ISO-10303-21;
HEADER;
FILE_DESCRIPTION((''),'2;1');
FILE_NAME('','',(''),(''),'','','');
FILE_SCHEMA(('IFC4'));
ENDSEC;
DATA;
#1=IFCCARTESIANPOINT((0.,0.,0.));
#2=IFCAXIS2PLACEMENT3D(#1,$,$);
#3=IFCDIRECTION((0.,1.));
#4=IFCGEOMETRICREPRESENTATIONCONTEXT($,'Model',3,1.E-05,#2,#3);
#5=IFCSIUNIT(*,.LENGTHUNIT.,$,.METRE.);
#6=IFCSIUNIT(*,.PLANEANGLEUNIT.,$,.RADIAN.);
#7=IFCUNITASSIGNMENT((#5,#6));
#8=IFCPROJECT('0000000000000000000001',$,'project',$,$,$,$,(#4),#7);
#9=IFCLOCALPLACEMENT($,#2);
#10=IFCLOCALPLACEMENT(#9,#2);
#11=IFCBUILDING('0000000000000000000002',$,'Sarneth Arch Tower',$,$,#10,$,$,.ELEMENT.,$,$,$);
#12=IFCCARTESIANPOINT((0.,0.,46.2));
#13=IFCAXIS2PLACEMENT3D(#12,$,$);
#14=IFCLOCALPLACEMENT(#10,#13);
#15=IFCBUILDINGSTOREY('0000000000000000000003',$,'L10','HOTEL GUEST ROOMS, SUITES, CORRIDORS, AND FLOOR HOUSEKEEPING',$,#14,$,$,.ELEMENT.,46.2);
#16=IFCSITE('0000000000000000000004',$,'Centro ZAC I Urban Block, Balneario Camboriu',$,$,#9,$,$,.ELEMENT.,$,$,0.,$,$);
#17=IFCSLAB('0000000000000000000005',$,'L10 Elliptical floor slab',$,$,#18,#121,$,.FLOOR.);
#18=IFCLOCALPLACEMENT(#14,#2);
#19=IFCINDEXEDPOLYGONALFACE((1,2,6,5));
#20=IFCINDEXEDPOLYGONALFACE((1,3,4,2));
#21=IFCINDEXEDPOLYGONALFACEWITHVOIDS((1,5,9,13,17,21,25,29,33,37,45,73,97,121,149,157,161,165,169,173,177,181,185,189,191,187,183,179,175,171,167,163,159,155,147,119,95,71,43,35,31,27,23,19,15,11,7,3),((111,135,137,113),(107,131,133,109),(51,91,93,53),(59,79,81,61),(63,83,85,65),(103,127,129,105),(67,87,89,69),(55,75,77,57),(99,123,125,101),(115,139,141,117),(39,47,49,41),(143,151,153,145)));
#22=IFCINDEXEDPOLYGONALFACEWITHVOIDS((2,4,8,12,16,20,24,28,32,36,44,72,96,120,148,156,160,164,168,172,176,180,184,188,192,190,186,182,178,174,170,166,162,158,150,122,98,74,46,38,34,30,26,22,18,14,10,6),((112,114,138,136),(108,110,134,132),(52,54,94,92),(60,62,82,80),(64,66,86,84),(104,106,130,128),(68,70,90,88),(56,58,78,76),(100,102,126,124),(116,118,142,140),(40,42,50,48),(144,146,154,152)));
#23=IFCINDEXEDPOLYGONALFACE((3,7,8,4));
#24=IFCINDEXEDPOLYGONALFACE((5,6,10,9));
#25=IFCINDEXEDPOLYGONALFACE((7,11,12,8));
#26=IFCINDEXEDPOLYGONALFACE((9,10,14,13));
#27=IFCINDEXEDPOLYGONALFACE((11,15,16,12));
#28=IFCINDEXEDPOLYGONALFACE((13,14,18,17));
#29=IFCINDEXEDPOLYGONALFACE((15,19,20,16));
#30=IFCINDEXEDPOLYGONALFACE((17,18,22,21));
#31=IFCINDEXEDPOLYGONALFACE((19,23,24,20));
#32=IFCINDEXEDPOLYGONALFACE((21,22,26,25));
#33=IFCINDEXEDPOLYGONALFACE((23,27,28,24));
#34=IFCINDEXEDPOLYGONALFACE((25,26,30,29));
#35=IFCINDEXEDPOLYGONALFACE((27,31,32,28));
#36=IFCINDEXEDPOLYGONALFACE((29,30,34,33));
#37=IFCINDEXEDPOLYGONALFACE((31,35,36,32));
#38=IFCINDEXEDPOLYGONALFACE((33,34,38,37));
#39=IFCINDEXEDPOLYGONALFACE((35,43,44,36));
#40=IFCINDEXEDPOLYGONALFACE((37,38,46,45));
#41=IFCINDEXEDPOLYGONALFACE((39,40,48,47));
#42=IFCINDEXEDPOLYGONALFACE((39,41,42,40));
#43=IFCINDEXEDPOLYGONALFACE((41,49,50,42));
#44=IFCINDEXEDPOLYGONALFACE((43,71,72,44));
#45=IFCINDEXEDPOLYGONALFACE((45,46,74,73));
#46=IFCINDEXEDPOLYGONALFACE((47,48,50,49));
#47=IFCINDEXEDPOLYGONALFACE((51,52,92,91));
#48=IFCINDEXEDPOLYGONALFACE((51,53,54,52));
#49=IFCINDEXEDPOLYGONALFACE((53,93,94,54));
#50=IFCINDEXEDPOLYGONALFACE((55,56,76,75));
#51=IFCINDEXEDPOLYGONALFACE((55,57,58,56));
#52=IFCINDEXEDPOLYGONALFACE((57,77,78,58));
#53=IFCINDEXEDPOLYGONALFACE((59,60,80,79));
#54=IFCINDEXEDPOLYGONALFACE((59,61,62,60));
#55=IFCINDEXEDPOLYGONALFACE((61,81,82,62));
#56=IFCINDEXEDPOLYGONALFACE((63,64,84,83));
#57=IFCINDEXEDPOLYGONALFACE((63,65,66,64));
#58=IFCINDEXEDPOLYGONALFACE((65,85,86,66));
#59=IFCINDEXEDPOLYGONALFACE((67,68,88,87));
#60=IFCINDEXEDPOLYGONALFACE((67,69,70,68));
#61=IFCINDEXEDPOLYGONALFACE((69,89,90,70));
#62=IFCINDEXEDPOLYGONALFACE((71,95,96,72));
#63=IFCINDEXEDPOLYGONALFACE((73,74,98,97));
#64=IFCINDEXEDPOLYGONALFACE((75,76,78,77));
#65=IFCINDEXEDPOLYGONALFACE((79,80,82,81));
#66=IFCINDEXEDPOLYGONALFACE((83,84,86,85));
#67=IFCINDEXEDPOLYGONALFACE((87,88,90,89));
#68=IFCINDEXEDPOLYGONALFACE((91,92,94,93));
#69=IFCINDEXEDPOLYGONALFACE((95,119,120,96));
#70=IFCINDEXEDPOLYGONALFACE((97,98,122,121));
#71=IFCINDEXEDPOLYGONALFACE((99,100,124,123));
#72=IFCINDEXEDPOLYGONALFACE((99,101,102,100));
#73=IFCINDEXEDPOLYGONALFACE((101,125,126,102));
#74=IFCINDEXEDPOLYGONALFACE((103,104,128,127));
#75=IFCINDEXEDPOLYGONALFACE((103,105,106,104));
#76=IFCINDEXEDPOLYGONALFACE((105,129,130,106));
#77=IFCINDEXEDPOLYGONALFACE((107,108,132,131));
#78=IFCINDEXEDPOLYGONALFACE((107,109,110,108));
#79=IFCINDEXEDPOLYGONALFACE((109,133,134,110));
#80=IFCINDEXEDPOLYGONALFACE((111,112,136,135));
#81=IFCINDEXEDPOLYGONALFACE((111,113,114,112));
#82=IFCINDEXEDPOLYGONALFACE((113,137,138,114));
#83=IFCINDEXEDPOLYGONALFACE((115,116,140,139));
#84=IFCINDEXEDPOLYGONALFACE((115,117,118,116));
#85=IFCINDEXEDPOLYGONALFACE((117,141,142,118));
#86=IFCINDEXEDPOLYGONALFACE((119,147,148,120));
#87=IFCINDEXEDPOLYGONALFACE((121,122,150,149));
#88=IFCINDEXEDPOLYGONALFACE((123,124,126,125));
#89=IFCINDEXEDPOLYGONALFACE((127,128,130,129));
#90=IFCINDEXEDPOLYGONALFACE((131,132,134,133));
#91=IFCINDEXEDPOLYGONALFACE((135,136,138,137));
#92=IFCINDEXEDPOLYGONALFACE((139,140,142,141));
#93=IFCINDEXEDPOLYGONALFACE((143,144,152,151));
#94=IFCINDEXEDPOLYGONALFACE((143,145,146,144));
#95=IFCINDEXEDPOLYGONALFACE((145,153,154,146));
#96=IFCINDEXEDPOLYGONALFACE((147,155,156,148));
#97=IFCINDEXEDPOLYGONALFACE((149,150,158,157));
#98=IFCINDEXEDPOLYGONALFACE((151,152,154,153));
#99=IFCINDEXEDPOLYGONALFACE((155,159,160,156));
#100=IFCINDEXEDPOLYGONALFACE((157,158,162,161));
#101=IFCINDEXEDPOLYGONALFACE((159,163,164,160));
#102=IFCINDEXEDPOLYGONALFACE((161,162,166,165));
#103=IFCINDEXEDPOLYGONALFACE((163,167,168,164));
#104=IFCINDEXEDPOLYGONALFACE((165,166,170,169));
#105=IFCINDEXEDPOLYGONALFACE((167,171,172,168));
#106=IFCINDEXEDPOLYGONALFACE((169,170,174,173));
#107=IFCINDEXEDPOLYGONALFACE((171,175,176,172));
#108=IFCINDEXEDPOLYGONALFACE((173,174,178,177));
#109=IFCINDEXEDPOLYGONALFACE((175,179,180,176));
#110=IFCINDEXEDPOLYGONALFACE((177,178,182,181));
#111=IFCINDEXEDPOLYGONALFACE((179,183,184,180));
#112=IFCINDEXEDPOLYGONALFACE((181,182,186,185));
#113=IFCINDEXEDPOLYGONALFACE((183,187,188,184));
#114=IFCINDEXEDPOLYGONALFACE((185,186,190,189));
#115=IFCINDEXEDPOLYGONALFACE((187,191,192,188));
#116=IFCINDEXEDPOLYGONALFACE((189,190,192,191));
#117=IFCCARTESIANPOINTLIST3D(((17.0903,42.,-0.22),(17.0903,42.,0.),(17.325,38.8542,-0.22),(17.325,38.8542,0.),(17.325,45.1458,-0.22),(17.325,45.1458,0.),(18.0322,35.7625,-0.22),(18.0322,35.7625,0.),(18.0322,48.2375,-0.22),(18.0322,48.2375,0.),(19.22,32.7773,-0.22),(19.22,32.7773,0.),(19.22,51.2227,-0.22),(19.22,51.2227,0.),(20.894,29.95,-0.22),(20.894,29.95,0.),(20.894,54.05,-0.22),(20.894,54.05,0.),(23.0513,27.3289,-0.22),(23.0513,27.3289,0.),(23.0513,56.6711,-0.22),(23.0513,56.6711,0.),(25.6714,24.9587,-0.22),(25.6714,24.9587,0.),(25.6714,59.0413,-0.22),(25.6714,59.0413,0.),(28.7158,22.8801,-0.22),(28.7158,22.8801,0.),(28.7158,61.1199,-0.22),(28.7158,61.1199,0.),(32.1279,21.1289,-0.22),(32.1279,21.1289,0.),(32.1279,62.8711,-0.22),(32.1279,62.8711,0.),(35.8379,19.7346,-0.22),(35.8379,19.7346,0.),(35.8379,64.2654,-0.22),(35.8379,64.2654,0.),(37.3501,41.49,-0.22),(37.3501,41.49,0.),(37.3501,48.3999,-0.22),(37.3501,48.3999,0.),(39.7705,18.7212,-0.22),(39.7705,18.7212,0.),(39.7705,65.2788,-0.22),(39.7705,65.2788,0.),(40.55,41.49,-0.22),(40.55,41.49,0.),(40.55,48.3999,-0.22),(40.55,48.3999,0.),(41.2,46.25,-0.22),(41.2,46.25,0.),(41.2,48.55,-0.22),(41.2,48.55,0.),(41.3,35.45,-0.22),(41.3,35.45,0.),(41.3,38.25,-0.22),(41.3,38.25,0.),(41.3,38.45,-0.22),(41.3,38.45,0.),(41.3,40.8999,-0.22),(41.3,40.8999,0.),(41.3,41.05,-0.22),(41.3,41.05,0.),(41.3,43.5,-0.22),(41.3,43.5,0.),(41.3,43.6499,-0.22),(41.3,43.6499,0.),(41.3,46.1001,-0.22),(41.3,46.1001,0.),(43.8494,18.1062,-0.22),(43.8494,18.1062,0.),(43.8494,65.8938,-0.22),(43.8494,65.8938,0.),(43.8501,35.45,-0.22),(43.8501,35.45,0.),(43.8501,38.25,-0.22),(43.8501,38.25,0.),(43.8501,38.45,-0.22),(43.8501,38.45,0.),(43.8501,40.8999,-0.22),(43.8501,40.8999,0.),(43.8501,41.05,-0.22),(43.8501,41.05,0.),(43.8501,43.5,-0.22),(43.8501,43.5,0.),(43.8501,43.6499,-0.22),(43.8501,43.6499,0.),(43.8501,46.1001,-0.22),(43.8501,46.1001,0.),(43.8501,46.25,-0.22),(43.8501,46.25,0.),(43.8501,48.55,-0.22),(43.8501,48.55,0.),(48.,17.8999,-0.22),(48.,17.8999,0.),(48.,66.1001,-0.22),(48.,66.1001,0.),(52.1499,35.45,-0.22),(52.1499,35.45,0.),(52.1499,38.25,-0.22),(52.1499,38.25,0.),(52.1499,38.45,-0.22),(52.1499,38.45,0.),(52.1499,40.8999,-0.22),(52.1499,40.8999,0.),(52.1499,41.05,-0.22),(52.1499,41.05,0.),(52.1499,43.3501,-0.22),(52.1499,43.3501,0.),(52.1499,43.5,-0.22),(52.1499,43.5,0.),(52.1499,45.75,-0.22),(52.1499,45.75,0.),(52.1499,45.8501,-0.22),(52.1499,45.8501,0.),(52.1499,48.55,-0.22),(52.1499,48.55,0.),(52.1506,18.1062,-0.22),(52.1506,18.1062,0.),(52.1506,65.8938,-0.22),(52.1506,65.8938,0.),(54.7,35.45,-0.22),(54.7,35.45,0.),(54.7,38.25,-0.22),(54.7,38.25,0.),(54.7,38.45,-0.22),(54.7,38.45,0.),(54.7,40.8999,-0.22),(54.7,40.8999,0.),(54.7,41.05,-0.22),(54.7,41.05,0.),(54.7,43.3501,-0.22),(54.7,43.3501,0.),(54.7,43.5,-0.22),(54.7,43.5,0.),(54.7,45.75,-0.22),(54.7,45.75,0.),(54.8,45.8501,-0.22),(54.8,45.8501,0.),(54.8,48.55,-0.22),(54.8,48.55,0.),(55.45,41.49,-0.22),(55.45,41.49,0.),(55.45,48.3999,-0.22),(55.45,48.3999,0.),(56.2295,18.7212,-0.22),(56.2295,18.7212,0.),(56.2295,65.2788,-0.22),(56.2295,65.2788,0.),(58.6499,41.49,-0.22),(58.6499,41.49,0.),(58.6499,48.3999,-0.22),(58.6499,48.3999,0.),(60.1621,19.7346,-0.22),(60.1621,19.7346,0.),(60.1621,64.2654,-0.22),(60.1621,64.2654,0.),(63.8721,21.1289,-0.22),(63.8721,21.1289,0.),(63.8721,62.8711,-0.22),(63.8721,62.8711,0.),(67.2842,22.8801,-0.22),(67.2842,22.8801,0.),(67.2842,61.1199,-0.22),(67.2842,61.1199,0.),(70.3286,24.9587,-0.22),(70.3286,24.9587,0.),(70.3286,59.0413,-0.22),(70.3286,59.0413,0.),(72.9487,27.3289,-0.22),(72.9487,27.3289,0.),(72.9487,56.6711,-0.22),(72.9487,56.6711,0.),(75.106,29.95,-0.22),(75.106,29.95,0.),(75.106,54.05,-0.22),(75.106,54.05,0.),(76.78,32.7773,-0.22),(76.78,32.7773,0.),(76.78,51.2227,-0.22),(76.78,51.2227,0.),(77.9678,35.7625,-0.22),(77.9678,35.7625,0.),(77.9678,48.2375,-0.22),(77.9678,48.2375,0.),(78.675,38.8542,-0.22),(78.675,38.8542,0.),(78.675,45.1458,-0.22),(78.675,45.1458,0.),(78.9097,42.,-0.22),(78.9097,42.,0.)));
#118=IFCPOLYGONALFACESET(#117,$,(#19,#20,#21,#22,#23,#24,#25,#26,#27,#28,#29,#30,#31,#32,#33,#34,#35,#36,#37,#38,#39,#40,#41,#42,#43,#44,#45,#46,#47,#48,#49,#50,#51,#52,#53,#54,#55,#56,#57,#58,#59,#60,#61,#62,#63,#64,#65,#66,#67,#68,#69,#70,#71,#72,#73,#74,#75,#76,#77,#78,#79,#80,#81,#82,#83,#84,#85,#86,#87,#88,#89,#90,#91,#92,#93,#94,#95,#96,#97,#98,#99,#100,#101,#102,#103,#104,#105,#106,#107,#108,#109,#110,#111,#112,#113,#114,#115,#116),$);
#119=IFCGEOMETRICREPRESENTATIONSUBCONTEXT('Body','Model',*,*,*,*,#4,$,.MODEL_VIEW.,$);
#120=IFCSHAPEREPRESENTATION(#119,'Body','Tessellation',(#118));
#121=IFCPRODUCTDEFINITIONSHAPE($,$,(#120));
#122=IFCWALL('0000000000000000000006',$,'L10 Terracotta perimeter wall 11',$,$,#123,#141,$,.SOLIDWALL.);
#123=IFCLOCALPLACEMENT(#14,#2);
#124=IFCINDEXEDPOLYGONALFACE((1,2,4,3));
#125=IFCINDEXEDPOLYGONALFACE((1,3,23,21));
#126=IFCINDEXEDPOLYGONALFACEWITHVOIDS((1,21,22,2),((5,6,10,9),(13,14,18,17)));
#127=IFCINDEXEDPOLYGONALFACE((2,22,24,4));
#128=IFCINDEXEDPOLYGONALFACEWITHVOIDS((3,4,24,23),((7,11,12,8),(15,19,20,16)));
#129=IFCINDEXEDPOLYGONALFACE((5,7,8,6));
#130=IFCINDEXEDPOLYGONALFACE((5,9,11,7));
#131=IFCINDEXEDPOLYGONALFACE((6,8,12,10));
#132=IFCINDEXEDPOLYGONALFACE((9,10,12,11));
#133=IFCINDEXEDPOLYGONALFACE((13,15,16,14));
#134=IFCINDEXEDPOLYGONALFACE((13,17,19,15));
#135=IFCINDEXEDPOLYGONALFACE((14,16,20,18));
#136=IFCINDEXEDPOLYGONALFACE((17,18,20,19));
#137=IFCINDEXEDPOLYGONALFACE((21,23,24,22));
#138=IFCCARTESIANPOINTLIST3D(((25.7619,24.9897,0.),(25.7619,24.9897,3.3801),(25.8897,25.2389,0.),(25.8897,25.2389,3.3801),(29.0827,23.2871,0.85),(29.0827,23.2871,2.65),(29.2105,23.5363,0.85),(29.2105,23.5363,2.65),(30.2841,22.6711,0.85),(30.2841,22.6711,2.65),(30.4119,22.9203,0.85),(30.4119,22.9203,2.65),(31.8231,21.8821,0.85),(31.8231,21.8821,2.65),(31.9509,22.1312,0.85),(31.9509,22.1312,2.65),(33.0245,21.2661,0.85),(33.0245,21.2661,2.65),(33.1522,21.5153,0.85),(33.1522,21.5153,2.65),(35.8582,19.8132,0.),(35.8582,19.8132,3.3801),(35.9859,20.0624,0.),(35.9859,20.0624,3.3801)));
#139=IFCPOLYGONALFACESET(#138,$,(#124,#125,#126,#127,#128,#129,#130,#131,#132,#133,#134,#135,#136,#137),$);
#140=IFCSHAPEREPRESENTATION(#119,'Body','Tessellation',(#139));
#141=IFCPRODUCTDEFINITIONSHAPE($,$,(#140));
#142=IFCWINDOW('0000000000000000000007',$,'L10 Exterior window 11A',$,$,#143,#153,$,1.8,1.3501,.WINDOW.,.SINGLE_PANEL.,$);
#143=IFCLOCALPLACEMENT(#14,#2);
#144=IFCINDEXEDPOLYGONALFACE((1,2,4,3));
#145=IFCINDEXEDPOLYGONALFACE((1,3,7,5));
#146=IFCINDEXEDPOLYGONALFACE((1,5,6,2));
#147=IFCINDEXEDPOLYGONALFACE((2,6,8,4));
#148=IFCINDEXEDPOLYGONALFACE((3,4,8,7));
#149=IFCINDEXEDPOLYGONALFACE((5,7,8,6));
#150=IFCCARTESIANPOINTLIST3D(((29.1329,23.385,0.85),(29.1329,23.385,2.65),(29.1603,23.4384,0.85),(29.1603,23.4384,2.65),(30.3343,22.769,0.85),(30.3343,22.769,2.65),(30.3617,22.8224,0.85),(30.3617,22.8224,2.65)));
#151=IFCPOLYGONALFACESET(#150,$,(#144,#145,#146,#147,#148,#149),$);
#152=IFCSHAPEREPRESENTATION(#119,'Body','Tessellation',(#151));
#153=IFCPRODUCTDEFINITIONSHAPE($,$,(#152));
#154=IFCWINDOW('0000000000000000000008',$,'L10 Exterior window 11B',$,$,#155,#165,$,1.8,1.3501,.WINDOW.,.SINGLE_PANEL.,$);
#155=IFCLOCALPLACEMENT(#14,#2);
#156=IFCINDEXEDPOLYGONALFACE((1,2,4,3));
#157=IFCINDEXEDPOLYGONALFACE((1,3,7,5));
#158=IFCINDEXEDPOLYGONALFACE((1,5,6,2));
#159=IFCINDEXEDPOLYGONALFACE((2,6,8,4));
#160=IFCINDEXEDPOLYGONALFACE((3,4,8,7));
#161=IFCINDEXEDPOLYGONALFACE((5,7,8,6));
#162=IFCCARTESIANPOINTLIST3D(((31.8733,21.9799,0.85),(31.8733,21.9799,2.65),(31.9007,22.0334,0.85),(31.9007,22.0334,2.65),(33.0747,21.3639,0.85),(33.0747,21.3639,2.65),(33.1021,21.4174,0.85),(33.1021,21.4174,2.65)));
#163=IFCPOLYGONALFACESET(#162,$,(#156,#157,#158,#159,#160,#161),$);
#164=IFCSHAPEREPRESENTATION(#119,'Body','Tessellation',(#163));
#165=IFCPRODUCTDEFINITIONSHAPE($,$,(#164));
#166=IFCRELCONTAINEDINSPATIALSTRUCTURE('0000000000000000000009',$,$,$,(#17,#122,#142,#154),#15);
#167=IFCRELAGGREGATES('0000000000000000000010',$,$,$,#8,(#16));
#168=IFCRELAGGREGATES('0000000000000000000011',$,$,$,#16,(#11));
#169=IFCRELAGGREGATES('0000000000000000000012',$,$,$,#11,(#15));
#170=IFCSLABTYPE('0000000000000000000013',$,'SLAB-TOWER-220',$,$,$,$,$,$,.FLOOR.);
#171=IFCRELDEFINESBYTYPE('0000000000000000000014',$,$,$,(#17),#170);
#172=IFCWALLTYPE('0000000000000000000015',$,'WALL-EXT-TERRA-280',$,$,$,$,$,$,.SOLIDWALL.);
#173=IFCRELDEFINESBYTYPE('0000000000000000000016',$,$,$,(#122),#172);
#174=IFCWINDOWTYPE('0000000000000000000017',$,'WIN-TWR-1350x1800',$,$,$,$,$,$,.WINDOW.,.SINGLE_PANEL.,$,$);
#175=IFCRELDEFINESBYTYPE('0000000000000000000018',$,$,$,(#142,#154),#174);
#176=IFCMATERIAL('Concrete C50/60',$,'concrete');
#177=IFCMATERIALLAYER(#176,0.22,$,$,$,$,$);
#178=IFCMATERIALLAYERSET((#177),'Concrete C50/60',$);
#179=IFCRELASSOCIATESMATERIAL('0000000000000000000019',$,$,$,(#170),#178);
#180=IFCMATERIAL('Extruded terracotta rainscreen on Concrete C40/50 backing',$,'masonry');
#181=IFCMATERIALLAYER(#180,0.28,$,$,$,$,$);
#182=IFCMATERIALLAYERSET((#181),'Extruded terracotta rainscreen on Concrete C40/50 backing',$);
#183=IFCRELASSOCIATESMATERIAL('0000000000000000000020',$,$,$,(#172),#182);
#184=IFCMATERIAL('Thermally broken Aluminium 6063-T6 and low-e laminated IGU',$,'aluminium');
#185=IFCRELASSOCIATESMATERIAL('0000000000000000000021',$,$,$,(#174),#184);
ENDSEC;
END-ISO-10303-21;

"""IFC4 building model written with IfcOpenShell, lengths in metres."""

from ifc_helpers import new_model, si_unit, direction, frame, frame_2d, origin, place, context, subcontext, project, spatial, polyline, rectangle, outline, extrude, material, layer, layer_set, type_object, element, fill, save


model = new_model("IFC4")

# Units and contexts
model_context = context("Model", 3, precision=1e-05, world=origin(), true_north=direction((0.0, 1.0)))
body_context = subcontext(model_context, "Body", "Model", "MODEL_VIEW")
ifc_project = project(units=[si_unit("LENGTHUNIT", "METRE"), si_unit("PLANEANGLEUNIT", "RADIAN")], contexts=[model_context])

# Site, building, storey
site_placement = place(None, origin())
site = spatial("IfcSite", under=ifc_project, at=site_placement, Name="Centro ZAC I Urban Block, Balneario Camboriu", CompositionType="ELEMENT", RefElevation=0.0)
building_placement = place(site_placement, origin())
building = spatial("IfcBuilding", under=site, at=building_placement, Name="Sarneth Arch Tower", CompositionType="ELEMENT")
storey_placement = place(building_placement, frame((0.0, 0.0, 46.2)))
storey = spatial("IfcBuildingStorey", under=building, at=storey_placement, Name="L10", Description="HOTEL GUEST ROOMS, SUITES, CORRIDORS, AND FLOOR HOUSEKEEPING", CompositionType="ELEMENT", Elevation=46.2)

# Slab
ifc_material_1 = material(Name="Concrete C50/60", Category="concrete")
ifc_layer_1 = layer(ifc_material_1, 0.22)
ifc_layer_set_1 = layer_set([ifc_layer_1], Name="Concrete C50/60")
slab_type_1 = type_object("IfcSlabType", Name="SLAB-TOWER-220", PredefinedType="FLOOR", material=ifc_layer_set_1)
slab_1_placement = place(storey_placement, frame((0.0, 0.0, -0.22)))
element("IfcSlab", 1, at=slab_1_placement, inside=storey, type_object=slab_type_1, Name="L10 Elliptical floor slab", PredefinedType="FLOOR", context=body_context, shape_type="SweptSolid", body=[
    extrude(outline(polyline([(78.9097, 42.0), (78.675, 45.1458), (77.9678, 48.2375), (76.78, 51.2227), (75.106, 54.05), (72.9487, 56.6711), (70.3286, 59.0413), (67.2842, 61.1199), (63.8721, 62.8711), (60.1621, 64.2654), (56.2295, 65.2788), (52.1506, 65.8938), (48.0, 66.1001), (43.8494, 65.8938), (39.7705, 65.2788), (35.8379, 64.2654), (32.1279, 62.8711), (28.7158, 61.1199), (25.6714, 59.0413), (23.0513, 56.6711), (20.894, 54.05), (19.22, 51.2227), (18.0322, 48.2375), (17.325, 45.1458), (17.0903, 42.0), (17.325, 38.8542), (18.0322, 35.7625), (19.22, 32.7773), (20.894, 29.95), (23.0513, 27.3289), (25.6714, 24.9587), (28.7158, 22.8801), (32.1279, 21.1289), (35.8379, 19.7346), (39.7705, 18.7212), (43.8494, 18.1062), (48.0, 17.8999), (52.1506, 18.1062), (56.2295, 18.7212), (60.1621, 19.7346), (63.8721, 21.1289), (67.2842, 22.8801), (70.3286, 24.9587), (72.9487, 27.3289), (75.106, 29.95), (76.78, 32.7773), (77.9678, 35.7625), (78.675, 38.8542), (78.9097, 42.0)]), holes=[polyline([(37.3501, 41.49), (40.55, 41.49), (40.55, 48.3999), (37.3501, 48.3999), (37.3501, 41.49)]), polyline([(55.45, 41.49), (58.6499, 41.49), (58.6499, 48.3999), (55.45, 48.3999), (55.45, 41.49)]), polyline([(41.2, 46.25), (43.8501, 46.25), (43.8501, 48.55), (41.2, 48.55), (41.2, 46.25)]), polyline([(41.3, 35.45), (43.8501, 35.45), (43.8501, 38.25), (41.3, 38.25), (41.3, 35.45)]), polyline([(52.1499, 35.45), (54.7, 35.45), (54.7, 38.25), (52.1499, 38.25), (52.1499, 35.45)]), polyline([(52.1499, 45.8501), (54.8, 45.8501), (54.8, 48.55), (52.1499, 48.55), (52.1499, 45.8501)]), polyline([(41.3, 38.45), (43.8501, 38.45), (43.8501, 40.8999), (41.3, 40.8999), (41.3, 38.45)]), polyline([(41.3, 41.05), (43.8501, 41.05), (43.8501, 43.5), (41.3, 43.5), (41.3, 41.05)]), polyline([(41.3, 43.6499), (43.8501, 43.6499), (43.8501, 46.1001), (41.3, 46.1001), (41.3, 43.6499)]), polyline([(52.1499, 38.45), (54.7, 38.45), (54.7, 40.8999), (52.1499, 40.8999), (52.1499, 38.45)]), polyline([(52.1499, 41.05), (54.7, 41.05), (54.7, 43.3501), (52.1499, 43.3501), (52.1499, 41.05)]), polyline([(52.1499, 43.5), (54.7, 43.5), (54.7, 45.75), (52.1499, 45.75), (52.1499, 43.5)])]), origin(), (0.0, 0.0, 1.0), 0.22),
])

# Wall, openings, windows
ifc_material_2 = material(Name="Extruded terracotta rainscreen on Concrete C40/50 backing", Category="masonry")
ifc_layer_2 = layer(ifc_material_2, 0.28)
ifc_layer_set_2 = layer_set([ifc_layer_2], Name="Extruded terracotta rainscreen on Concrete C40/50 backing")
wall_type_1 = type_object("IfcWallType", Name="WALL-EXT-TERRA-280", PredefinedType="SOLIDWALL", material=ifc_layer_set_2)
wall_1_placement = place(storey_placement, frame((25.8259, 25.1143, 0.0), z_axis=(0.0, 0.0, 1.0), x_axis=(0.889854, -0.456245, 0.0)))
wall_1 = element("IfcWall", 2, at=wall_1_placement, inside=storey, type_object=wall_type_1, Name="L10 Terracotta perimeter wall 11", PredefinedType="SOLIDWALL", context=body_context, shape_type="SweptSolid", body=[
    extrude(rectangle(XDim=11.3459, YDim=0.28, at=frame_2d((5.6729, 0.0))), origin(), (0.0, 0.0, 1.0), 3.3801),
])
opening_1_placement = place(wall_1_placement, frame((3.7317, 0.0, 0.8501)))
opening_1 = element("IfcOpeningElement", 3, at=opening_1_placement, cuts=wall_1, PredefinedType="OPENING", context=body_context, shape_type="SweptSolid", body=[
    extrude(rectangle(XDim=1.3501, YDim=1.8, at=frame_2d((0.675, 0.8999))), frame((0.0, 0.1499, 0.0), z_axis=(0.0, -1.0, 0.0), x_axis=(1.0, 0.0, 0.0)), (0.0, 0.0, 1.0), 0.3),
])
opening_2_placement = place(wall_1_placement, frame((6.8113, 0.0, 0.8501)))
opening_2 = element("IfcOpeningElement", 4, at=opening_2_placement, cuts=wall_1, PredefinedType="OPENING", context=body_context, shape_type="SweptSolid", body=[
    extrude(rectangle(XDim=1.3501, YDim=1.8, at=frame_2d((0.675, 0.8999))), frame((0.0, 0.1499, 0.0), z_axis=(0.0, -1.0, 0.0), x_axis=(1.0, 0.0, 0.0)), (0.0, 0.0, 1.0), 0.3),
])
ifc_material_3 = material(Name="Thermally broken Aluminium 6063-T6 and low-e laminated IGU", Category="aluminium")
window_type = type_object("IfcWindowType", Name="WIN-TWR-1350x1800", PartitioningType="SINGLE_PANEL", PredefinedType="WINDOW", material=ifc_material_3)
window_1_placement = place(opening_1_placement, origin())
window_1 = element("IfcWindow", 5, at=window_1_placement, inside=storey, type_object=window_type, Name="L10 Exterior window 11A", OverallHeight=1.8, OverallWidth=1.3501, PartitioningType="SINGLE_PANEL", PredefinedType="WINDOW", context=body_context, shape_type="SweptSolid", body=[
    extrude(rectangle(XDim=1.3501, YDim=1.8, at=frame_2d((0.675, 0.8999))), frame((0.0, 0.03, 0.0), z_axis=(0.0, -1.0, 0.0), x_axis=(1.0, 0.0, 0.0)), (0.0, 0.0, 1.0), 0.0601),
])
fill(opening_1, window_1)
window_2_placement = place(opening_2_placement, origin())
window_2 = element("IfcWindow", 6, at=window_2_placement, inside=storey, type_object=window_type, Name="L10 Exterior window 11B", OverallHeight=1.8, OverallWidth=1.3501, PartitioningType="SINGLE_PANEL", PredefinedType="WINDOW", context=body_context, shape_type="SweptSolid", body=[
    extrude(rectangle(XDim=1.3501, YDim=1.8, at=frame_2d((0.675, 0.8999))), frame((0.0, 0.03, 0.0), z_axis=(0.0, -1.0, 0.0), x_axis=(1.0, 0.0, 0.0)), (0.0, 0.0, 1.0), 0.0601),
])
fill(opening_2, window_2)

save(model, "model.ifc")
